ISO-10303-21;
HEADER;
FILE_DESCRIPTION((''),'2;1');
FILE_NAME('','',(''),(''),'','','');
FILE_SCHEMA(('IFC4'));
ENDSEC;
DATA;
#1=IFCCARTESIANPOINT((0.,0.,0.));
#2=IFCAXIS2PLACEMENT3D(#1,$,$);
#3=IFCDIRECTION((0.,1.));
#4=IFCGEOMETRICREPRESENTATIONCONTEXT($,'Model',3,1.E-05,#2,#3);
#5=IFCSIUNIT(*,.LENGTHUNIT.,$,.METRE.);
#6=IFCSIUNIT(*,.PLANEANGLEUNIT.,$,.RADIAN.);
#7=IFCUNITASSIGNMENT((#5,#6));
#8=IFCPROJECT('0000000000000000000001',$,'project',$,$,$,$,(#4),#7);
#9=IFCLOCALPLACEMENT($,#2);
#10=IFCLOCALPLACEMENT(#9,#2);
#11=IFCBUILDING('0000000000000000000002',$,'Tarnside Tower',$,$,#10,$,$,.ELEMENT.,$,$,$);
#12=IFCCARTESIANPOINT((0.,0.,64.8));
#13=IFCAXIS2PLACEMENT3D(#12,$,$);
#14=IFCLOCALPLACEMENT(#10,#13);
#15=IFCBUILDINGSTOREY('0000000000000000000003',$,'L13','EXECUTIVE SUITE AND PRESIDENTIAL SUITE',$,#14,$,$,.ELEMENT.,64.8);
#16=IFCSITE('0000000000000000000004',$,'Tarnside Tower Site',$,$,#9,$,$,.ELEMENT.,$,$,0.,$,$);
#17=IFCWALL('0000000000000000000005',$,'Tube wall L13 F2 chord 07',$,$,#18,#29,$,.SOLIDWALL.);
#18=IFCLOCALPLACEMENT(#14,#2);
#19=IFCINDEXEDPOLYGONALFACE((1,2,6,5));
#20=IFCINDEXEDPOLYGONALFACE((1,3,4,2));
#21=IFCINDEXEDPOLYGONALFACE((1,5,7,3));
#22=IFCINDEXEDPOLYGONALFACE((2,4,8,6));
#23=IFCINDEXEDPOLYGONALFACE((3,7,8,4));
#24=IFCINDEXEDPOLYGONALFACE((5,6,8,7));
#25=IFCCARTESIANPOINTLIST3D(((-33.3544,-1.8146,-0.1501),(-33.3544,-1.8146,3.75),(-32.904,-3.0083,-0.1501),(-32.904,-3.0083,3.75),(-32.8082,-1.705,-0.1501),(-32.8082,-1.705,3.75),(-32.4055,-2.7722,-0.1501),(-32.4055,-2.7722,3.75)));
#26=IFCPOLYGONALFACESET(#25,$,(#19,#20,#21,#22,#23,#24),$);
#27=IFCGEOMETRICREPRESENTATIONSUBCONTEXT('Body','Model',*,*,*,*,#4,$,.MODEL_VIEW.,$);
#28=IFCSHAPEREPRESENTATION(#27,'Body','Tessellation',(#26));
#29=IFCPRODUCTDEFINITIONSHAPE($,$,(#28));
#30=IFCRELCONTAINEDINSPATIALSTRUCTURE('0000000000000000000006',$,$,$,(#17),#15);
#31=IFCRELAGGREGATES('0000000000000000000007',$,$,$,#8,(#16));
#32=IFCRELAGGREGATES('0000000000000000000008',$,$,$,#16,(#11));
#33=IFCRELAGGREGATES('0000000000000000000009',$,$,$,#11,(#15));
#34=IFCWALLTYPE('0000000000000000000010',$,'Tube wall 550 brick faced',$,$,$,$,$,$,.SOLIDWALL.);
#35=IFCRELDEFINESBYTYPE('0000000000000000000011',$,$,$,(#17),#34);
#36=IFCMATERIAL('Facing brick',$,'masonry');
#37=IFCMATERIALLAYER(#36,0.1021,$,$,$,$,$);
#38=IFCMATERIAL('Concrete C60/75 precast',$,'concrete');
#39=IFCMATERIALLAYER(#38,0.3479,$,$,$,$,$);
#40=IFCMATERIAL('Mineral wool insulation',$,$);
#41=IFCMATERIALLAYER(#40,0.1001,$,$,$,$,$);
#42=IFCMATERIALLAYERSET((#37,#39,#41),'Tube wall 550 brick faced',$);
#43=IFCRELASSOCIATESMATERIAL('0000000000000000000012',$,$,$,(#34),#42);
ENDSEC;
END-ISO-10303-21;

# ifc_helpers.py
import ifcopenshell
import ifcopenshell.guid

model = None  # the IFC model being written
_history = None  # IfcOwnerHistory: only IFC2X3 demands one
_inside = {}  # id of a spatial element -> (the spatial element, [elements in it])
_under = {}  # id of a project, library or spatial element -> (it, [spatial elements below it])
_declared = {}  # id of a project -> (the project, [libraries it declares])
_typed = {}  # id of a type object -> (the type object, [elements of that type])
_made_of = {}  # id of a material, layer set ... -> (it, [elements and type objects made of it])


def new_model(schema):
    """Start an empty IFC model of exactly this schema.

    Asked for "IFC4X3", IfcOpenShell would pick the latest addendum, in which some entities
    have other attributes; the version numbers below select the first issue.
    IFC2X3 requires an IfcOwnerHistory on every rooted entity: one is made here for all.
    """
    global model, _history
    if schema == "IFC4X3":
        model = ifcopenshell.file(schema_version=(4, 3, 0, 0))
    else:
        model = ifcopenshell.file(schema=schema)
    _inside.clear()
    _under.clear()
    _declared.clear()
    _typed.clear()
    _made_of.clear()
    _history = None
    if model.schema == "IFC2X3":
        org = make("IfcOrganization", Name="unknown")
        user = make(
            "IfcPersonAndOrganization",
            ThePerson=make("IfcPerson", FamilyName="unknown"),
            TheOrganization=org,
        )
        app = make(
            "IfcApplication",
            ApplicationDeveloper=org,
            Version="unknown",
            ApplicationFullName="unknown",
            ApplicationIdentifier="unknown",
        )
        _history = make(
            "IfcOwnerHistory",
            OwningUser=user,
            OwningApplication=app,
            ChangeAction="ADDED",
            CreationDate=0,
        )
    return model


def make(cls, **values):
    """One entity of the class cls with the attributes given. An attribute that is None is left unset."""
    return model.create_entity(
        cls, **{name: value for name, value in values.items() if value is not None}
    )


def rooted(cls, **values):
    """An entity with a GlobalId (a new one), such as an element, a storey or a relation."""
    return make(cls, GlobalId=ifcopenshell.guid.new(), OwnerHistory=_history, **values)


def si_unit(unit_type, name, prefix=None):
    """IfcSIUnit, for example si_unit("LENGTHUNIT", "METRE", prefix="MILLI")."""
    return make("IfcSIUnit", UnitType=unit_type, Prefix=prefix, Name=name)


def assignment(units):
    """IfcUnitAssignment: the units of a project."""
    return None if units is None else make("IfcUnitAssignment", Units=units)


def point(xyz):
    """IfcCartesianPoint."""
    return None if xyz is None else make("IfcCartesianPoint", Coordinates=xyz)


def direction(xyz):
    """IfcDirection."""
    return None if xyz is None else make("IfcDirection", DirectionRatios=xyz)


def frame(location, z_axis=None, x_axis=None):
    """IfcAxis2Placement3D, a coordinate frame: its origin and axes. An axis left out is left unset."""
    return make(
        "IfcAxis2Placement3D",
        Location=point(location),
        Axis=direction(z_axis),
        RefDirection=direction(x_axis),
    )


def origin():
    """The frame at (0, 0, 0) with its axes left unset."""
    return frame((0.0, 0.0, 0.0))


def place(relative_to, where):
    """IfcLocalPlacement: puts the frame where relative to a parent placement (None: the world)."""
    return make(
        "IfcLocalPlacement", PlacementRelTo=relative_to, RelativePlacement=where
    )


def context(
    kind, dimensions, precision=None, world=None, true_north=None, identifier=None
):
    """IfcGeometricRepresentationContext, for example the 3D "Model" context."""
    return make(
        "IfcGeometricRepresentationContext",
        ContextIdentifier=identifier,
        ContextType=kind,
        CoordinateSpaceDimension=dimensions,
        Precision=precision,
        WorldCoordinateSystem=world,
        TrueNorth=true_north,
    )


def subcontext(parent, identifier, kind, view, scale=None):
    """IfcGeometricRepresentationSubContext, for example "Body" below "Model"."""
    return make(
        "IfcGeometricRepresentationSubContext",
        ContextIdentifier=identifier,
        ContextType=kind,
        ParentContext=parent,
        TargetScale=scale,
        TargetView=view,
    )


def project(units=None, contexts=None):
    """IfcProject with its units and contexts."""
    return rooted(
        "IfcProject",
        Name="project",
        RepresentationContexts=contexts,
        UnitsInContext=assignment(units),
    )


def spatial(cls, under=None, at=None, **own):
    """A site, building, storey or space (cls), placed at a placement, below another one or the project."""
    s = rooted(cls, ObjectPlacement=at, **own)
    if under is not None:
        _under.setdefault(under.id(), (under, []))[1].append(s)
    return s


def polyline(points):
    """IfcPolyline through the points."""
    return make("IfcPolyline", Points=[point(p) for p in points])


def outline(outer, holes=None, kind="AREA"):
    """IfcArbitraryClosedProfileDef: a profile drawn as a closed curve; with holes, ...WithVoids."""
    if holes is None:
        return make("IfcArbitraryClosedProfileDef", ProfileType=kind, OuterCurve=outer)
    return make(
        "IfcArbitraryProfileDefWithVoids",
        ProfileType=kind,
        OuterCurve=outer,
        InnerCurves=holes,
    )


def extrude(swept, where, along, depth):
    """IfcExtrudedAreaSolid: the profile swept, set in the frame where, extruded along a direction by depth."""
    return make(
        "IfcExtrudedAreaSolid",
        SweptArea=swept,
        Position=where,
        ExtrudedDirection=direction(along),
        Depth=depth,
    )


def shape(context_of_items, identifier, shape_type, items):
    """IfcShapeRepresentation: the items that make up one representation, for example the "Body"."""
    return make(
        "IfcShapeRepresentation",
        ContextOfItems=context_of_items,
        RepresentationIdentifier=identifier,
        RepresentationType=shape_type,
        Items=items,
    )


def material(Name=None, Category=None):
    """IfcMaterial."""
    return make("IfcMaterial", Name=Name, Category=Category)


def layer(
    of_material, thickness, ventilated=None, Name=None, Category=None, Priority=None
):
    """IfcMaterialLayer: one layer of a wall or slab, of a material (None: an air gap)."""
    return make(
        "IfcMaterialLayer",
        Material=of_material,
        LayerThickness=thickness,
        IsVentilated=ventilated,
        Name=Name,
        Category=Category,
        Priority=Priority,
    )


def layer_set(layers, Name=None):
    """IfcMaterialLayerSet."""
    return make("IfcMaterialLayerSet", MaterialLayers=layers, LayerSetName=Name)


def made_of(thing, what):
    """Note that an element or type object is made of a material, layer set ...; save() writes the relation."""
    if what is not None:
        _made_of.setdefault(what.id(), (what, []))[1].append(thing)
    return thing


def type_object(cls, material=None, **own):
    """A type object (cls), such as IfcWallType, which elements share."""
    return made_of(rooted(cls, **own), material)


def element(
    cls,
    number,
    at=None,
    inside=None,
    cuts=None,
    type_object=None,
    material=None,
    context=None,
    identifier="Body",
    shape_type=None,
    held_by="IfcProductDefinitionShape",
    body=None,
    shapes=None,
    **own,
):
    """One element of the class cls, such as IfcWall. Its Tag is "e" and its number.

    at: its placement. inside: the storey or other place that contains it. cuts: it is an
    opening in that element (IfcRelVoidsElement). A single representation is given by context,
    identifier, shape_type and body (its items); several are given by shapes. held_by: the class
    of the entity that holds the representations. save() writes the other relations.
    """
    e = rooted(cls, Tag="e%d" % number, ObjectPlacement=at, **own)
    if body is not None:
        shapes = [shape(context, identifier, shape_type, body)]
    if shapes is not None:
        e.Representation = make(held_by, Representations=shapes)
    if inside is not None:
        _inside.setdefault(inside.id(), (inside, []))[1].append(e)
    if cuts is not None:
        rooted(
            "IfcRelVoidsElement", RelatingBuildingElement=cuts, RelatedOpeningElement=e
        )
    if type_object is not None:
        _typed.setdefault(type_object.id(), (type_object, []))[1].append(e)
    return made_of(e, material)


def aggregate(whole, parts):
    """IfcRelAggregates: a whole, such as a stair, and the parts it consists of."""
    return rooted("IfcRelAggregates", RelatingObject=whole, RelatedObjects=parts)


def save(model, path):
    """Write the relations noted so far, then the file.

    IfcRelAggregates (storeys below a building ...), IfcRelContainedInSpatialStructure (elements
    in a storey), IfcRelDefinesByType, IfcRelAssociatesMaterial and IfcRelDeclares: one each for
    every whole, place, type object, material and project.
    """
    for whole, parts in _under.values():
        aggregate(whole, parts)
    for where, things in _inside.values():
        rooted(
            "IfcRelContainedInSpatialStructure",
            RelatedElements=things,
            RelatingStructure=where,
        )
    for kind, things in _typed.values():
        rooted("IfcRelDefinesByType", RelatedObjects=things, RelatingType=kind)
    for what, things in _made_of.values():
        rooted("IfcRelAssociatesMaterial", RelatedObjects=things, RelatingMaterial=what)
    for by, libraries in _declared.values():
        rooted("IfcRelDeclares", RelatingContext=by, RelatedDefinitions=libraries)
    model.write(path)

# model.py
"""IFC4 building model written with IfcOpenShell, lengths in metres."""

from ifc_helpers import new_model, si_unit, direction, frame, origin, place, context, subcontext, project, spatial, polyline, outline, extrude, material, layer, layer_set, type_object, element, save


model = new_model("IFC4")

# Units and contexts
model_context = context("Model", 3, precision=1e-05, world=origin(), true_north=direction((0.0, 1.0)))
body_context = subcontext(model_context, "Body", "Model", "MODEL_VIEW")
ifc_project = project(units=[si_unit("LENGTHUNIT", "METRE"), si_unit("PLANEANGLEUNIT", "RADIAN")], contexts=[model_context])

# Site, building, storey
site_placement = place(None, origin())
site = spatial("IfcSite", under=ifc_project, at=site_placement, Name="Tarnside Tower Site", CompositionType="ELEMENT", RefElevation=0.0)
building_placement = place(site_placement, origin())
building = spatial("IfcBuilding", under=site, at=building_placement, Name="Tarnside Tower", CompositionType="ELEMENT")
storey_placement = place(building_placement, frame((0.0, 0.0, 64.8)))
storey = spatial("IfcBuildingStorey", under=building, at=storey_placement, Name="L13", Description="EXECUTIVE SUITE AND PRESIDENTIAL SUITE", CompositionType="ELEMENT", Elevation=64.8)

# Wall
ifc_material_1 = material(Name="Facing brick", Category="masonry")
ifc_layer_1 = layer(ifc_material_1, 0.1021)
ifc_material_2 = material(Name="Concrete C60/75 precast", Category="concrete")
ifc_layer_2 = layer(ifc_material_2, 0.3479)
ifc_material_3 = material(Name="Mineral wool insulation")
ifc_layer_3 = layer(ifc_material_3, 0.1001)
ifc_layer_set_1 = layer_set([ifc_layer_1, ifc_layer_2, ifc_layer_3], Name="Tube wall 550 brick faced")
wall_type_1 = type_object("IfcWallType", Name="Tube wall 550 brick faced", PredefinedType="SOLIDWALL", material=ifc_layer_set_1)
wall_1_placement = place(storey_placement, frame((-33.0813, -1.7598, -0.1501), z_axis=(0.0, 0.0, 1.0), x_axis=(0.353027, -0.935613, 0.0)))
element("IfcWall", 1, at=wall_1_placement, inside=storey, type_object=wall_type_1, Name="Tube wall L13 F2 chord 07", PredefinedType="SOLIDWALL", context=body_context, shape_type="SweptSolid", body=[
    extrude(outline(polyline([(-0.0452, -0.2749), (1.2307, -0.2749), (1.1858, 0.2749), (0.0452, 0.2749), (-0.0452, -0.2749)])), origin(), (0.0, 0.0, 1.0), 3.9001),
])

save(model, "model.ifc")
